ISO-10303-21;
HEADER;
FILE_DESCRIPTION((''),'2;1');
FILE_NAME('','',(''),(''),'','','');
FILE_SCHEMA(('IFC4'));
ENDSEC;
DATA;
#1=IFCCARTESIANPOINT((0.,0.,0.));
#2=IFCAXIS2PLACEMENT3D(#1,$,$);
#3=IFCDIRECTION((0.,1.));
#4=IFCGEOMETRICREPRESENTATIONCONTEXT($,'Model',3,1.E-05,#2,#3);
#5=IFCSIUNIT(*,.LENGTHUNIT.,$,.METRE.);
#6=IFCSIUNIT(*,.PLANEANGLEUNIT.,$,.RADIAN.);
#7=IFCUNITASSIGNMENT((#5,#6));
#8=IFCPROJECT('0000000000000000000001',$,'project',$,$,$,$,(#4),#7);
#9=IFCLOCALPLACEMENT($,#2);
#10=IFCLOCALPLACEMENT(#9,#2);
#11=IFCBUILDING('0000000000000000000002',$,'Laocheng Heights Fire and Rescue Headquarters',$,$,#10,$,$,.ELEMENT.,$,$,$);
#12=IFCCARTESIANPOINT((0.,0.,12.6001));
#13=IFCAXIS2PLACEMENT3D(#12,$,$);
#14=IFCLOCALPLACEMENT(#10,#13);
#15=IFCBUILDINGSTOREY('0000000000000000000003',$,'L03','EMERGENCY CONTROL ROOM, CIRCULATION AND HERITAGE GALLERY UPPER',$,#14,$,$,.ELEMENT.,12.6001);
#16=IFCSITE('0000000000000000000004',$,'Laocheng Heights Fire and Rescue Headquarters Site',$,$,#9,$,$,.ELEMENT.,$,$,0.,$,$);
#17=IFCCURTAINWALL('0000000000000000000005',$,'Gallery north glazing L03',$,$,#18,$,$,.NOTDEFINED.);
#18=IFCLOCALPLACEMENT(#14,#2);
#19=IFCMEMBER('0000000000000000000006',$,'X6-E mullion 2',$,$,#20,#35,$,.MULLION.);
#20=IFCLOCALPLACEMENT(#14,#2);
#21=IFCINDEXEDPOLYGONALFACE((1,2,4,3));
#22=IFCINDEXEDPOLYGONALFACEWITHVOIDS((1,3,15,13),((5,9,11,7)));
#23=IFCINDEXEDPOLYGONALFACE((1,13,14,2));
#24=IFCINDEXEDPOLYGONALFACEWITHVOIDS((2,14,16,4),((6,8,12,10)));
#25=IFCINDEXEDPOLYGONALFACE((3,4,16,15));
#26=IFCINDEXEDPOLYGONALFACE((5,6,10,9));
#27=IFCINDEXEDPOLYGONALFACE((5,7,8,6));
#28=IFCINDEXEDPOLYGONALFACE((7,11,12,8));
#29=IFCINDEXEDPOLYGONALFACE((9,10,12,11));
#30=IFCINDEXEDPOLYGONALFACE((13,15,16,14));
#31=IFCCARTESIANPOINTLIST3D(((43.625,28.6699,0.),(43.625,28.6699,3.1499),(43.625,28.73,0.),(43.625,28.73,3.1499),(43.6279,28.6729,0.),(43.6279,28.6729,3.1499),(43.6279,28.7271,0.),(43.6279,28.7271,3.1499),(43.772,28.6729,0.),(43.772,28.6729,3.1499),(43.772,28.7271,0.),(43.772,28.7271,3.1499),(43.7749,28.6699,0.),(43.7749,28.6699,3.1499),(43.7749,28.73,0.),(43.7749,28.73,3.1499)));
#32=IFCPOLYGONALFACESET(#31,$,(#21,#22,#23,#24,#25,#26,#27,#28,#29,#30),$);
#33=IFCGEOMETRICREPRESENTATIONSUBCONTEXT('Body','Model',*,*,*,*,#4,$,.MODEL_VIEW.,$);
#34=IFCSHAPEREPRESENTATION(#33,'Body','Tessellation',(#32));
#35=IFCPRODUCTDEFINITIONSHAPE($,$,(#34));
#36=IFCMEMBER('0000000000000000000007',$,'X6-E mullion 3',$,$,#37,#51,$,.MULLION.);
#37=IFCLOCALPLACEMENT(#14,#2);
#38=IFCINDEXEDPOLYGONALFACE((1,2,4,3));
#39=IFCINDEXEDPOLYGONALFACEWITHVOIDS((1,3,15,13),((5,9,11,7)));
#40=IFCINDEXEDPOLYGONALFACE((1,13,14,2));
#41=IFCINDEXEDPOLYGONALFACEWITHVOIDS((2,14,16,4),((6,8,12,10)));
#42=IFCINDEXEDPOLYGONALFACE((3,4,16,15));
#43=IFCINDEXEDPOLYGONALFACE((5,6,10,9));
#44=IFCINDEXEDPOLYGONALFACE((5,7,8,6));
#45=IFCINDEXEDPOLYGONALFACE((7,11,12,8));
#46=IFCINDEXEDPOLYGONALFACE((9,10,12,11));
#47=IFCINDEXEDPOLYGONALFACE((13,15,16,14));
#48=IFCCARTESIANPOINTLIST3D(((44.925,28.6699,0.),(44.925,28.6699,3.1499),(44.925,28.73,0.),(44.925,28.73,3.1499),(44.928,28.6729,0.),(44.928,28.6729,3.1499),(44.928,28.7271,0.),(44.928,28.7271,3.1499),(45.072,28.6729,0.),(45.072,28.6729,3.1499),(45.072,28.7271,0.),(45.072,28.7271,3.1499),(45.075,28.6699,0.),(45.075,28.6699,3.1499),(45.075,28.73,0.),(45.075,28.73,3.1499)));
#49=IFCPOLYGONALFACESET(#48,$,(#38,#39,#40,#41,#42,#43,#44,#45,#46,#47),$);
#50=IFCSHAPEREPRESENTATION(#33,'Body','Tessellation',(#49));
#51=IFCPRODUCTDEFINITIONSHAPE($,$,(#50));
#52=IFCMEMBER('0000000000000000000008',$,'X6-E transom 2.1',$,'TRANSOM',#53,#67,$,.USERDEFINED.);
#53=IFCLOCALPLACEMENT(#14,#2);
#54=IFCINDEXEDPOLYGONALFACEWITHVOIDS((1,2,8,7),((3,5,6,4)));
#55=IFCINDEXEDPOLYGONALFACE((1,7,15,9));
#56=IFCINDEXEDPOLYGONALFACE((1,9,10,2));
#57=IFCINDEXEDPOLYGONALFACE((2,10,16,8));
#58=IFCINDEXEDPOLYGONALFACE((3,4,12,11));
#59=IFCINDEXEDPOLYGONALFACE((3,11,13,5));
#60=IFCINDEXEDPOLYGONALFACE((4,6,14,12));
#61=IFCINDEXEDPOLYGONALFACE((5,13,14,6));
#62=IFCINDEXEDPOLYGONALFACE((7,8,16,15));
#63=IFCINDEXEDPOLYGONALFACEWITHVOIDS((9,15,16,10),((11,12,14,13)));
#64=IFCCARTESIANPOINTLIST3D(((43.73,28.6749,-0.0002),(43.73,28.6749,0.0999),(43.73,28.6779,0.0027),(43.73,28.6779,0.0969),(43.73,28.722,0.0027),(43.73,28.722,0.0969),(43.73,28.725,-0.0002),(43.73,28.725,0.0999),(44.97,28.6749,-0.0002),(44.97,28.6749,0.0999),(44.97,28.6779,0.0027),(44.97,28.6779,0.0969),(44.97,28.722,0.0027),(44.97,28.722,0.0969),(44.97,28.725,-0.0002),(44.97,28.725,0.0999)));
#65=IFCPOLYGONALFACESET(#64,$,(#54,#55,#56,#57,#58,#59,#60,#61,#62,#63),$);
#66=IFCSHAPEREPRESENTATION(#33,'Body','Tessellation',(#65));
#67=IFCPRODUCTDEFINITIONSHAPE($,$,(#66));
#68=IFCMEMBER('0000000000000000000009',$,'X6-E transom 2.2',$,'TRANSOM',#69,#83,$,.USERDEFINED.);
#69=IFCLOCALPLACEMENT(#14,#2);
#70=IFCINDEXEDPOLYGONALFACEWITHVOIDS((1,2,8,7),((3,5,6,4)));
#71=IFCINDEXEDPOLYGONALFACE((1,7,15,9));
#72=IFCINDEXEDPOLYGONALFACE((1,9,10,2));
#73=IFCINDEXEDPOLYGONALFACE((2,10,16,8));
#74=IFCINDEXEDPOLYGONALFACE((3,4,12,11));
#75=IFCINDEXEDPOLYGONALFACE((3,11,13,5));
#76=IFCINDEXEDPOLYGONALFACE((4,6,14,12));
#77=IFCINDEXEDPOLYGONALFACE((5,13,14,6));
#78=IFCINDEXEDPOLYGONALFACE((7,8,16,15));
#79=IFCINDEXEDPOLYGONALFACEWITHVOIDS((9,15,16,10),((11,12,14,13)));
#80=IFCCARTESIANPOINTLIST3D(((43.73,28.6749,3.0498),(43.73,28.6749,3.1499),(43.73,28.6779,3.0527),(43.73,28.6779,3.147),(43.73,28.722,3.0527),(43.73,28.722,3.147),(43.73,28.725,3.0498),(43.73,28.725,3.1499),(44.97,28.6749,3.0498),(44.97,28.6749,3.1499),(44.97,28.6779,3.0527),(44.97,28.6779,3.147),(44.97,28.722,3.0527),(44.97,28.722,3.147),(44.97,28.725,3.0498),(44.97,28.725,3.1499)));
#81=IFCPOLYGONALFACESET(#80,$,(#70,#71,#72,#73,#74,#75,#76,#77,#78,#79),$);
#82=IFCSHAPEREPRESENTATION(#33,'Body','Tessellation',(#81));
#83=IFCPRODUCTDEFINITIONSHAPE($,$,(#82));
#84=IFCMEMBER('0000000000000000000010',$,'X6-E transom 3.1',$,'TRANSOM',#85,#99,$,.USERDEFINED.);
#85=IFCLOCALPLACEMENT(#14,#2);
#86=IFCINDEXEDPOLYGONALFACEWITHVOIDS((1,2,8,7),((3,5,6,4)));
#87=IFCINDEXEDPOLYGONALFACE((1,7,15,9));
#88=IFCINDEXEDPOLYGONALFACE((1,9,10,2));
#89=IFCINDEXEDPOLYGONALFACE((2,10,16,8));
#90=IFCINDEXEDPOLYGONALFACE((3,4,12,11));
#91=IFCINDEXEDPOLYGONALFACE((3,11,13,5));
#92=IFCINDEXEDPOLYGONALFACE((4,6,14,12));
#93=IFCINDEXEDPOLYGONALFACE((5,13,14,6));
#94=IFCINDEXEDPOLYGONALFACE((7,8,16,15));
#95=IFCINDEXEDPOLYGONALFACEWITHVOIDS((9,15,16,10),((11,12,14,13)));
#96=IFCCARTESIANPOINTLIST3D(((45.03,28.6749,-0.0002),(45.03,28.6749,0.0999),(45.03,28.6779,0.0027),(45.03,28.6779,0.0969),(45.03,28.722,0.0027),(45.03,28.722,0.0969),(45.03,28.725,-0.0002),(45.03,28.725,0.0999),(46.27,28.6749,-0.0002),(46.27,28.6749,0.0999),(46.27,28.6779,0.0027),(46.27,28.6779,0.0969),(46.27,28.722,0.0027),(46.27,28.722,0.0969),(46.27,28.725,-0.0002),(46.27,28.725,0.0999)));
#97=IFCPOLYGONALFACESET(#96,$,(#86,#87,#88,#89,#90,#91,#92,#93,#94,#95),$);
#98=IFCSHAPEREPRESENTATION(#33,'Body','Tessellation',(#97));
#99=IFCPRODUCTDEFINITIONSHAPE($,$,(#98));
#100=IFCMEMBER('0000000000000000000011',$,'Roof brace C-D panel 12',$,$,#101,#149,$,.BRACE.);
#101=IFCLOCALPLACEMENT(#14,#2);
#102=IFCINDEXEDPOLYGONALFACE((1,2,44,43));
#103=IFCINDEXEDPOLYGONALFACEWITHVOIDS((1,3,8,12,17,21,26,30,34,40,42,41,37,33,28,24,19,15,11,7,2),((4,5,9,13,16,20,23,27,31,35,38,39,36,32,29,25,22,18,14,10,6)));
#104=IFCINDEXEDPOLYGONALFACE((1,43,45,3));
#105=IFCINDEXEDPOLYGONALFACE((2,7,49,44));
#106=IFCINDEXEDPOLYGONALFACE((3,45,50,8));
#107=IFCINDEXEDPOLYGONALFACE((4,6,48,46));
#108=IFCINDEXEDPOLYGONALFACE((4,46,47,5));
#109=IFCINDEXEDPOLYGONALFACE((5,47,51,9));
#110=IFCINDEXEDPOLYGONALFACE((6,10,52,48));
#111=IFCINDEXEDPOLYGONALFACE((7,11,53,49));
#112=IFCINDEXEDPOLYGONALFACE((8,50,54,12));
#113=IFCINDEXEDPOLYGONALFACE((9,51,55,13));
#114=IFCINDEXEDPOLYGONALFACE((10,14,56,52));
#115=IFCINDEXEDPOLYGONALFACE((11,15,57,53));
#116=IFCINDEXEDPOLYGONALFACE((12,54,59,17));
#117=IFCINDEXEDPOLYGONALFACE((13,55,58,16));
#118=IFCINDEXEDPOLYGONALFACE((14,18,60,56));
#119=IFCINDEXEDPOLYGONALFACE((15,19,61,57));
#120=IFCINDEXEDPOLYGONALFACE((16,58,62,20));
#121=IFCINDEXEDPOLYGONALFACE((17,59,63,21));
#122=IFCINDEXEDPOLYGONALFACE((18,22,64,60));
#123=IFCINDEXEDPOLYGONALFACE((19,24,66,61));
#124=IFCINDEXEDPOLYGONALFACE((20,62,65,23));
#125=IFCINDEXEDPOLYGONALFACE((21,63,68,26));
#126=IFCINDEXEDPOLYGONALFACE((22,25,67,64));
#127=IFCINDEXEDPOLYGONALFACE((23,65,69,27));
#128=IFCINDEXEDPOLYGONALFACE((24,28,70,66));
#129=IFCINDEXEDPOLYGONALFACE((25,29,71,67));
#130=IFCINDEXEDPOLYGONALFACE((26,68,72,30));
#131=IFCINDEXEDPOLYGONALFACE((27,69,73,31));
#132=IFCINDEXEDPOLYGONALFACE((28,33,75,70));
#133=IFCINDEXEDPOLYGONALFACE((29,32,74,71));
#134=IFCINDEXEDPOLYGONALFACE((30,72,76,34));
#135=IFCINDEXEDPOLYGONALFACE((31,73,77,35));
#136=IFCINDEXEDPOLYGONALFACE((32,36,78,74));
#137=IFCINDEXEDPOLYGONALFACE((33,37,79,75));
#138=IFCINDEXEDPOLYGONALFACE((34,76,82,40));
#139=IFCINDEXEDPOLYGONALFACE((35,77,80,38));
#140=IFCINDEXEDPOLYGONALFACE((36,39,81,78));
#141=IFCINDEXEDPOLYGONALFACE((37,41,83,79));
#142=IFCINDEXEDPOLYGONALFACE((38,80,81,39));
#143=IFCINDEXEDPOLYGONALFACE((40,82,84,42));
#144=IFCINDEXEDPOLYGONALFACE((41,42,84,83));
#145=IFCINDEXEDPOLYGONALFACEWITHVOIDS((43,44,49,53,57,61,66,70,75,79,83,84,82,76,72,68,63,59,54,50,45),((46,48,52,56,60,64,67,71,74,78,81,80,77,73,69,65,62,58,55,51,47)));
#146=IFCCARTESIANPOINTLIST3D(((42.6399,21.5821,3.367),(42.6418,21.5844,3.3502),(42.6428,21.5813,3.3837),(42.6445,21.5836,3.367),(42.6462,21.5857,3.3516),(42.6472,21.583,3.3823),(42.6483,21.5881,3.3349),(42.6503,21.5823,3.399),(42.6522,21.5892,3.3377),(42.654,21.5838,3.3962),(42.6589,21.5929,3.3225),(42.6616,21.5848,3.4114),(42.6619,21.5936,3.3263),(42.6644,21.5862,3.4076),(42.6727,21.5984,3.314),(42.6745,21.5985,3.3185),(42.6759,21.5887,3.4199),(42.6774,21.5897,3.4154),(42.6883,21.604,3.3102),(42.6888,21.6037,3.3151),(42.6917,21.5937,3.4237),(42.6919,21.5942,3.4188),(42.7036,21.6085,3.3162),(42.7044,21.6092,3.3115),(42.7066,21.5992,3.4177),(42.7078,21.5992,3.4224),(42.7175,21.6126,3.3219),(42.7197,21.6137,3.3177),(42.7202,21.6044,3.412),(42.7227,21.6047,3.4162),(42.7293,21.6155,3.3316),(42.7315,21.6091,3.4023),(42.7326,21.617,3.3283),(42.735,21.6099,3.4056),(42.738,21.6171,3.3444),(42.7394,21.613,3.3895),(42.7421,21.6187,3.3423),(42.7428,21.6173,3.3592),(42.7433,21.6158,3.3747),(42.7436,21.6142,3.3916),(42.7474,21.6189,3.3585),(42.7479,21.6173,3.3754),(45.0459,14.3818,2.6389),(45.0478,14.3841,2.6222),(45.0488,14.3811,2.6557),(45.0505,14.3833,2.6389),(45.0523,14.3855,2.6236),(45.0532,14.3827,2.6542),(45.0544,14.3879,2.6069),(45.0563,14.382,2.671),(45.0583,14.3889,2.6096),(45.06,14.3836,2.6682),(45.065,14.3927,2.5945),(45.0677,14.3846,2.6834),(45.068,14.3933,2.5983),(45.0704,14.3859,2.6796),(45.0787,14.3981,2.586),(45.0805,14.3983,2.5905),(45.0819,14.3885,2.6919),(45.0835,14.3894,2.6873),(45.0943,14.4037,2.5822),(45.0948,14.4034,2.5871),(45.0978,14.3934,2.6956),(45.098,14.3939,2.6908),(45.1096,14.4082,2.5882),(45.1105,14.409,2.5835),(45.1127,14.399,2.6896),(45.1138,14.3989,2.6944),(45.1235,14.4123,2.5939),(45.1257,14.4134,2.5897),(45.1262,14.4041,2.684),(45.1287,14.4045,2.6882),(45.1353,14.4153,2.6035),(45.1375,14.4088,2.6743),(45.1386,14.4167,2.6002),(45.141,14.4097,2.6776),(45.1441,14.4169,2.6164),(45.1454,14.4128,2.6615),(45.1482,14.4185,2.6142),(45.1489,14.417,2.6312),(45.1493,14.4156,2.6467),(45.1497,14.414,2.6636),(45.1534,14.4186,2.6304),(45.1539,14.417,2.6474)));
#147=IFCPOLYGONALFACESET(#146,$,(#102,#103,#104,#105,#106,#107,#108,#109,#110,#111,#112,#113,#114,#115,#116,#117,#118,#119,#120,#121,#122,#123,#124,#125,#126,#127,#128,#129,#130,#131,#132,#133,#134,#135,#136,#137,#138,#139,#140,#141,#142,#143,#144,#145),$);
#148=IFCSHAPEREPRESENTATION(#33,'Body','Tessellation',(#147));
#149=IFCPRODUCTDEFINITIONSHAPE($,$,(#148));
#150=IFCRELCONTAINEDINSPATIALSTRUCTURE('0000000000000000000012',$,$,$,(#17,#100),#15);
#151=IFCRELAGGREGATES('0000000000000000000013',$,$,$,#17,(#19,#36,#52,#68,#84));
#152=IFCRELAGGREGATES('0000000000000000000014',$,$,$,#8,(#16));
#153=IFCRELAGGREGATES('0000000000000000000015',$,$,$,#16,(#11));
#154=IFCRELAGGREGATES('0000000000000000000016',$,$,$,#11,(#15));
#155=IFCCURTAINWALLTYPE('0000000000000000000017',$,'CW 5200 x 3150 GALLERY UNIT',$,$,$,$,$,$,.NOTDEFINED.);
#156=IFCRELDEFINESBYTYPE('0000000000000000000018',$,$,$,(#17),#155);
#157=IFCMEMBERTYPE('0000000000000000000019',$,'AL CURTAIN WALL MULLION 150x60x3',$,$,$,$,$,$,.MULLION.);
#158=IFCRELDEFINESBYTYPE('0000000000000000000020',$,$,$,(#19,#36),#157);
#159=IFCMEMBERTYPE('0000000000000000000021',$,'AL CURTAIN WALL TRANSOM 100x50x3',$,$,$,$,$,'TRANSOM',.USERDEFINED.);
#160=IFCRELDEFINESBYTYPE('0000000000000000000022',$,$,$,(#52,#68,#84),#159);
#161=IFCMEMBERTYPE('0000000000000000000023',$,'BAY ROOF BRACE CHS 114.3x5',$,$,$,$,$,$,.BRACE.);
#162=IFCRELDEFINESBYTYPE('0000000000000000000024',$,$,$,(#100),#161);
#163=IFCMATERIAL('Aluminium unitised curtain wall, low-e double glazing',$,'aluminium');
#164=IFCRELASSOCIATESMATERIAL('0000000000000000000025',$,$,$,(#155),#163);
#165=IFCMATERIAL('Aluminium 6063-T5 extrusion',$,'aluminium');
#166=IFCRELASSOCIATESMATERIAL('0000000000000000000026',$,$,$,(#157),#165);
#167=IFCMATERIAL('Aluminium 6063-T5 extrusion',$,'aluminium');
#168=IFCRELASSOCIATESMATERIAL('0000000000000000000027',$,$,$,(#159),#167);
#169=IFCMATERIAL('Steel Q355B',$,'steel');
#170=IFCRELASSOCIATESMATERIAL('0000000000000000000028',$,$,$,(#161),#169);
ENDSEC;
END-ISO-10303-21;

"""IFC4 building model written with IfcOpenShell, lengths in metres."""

from ifc_helpers import new_model, si_unit, direction, frame, origin, origin_2d, place, context, subcontext, project, spatial, hollow_rectangle, hollow_circle, extrude, material, material_profile, profile_set, type_object, element, aggregate, save


model = new_model("IFC4")

# Units and contexts
model_context = context("Model", 3, precision=1e-05, world=origin(), true_north=direction((0.0, 1.0)))
body_context = subcontext(model_context, "Body", "Model", "MODEL_VIEW")
ifc_project = project(units=[si_unit("LENGTHUNIT", "METRE"), si_unit("PLANEANGLEUNIT", "RADIAN")], contexts=[model_context])

# Site, building, storey
site_placement = place(None, origin())
site = spatial("IfcSite", under=ifc_project, at=site_placement, Name="Laocheng Heights Fire and Rescue Headquarters Site", CompositionType="ELEMENT", RefElevation=0.0)
building_placement = place(site_placement, origin())
building = spatial("IfcBuilding", under=site, at=building_placement, Name="Laocheng Heights Fire and Rescue Headquarters", CompositionType="ELEMENT")
storey_placement = place(building_placement, frame((0.0, 0.0, 12.6001)))
storey = spatial("IfcBuildingStorey", under=building, at=storey_placement, Name="L03", Description="EMERGENCY CONTROL ROOM, CIRCULATION AND HERITAGE GALLERY UPPER", CompositionType="ELEMENT", Elevation=12.6001)

# Curtain wall, members
ifc_material_1 = material(Name="Aluminium unitised curtain wall, low-e double glazing", Category="aluminium")
curtain_wall_type = type_object("IfcCurtainWallType", Name="CW 5200 x 3150 GALLERY UNIT", PredefinedType="NOTDEFINED", material=ifc_material_1)
curtain_wall_placement = place(storey_placement, origin())
curtain_wall = element("IfcCurtainWall", 1, at=curtain_wall_placement, inside=storey, type_object=curtain_wall_type, Name="Gallery north glazing L03", PredefinedType="NOTDEFINED")
ifc_material_2 = material(Name="Aluminium 6063-T5 extrusion", Category="aluminium")
ifc_material_profile_1 = material_profile(ifc_material_2, hollow_rectangle(XDim=0.0601, YDim=0.1499, WallThickness=0.0029, at=origin_2d()), Name="AL MULLION 150x60x3")
ifc_profile_set_1 = profile_set([ifc_material_profile_1], Name="Aluminium 6063-T5 extrusion")
member_type_1 = type_object("IfcMemberType", Name="AL CURTAIN WALL MULLION 150x60x3", PredefinedType="MULLION", material=ifc_profile_set_1)
member_1_placement = place(storey_placement, frame((43.7, 28.7, 0.0), z_axis=(0.0, 0.0, 1.0), x_axis=(0.0, 1.0, 0.0)))
member_1 = element("IfcMember", 2, at=member_1_placement, type_object=member_type_1, Name="X6-E mullion 2", PredefinedType="MULLION", context=body_context, shape_type="SweptSolid", body=[
    extrude(hollow_rectangle(XDim=0.0601, YDim=0.1499, WallThickness=0.0029, at=origin_2d()), origin(), (0.0, 0.0, 1.0), 3.1499),
])
member_2_placement = place(storey_placement, frame((45.0, 28.7, 0.0), z_axis=(0.0, 0.0, 1.0), x_axis=(0.0, 1.0, 0.0)))
member_2 = element("IfcMember", 3, at=member_2_placement, type_object=member_type_1, Name="X6-E mullion 3", PredefinedType="MULLION", context=body_context, shape_type="SweptSolid", body=[
    extrude(hollow_rectangle(XDim=0.0601, YDim=0.1499, WallThickness=0.0029, at=origin_2d()), origin(), (0.0, 0.0, 1.0), 3.1499),
])
ifc_material_3 = material(Name="Aluminium 6063-T5 extrusion", Category="aluminium")
ifc_material_profile_2 = material_profile(ifc_material_3, hollow_rectangle(XDim=0.05, YDim=0.1001, WallThickness=0.0029, at=origin_2d()), Name="AL TRANSOM 100x50x3")
ifc_profile_set_2 = profile_set([ifc_material_profile_2], Name="Aluminium 6063-T5 extrusion")
member_type_2 = type_object("IfcMemberType", Name="AL CURTAIN WALL TRANSOM 100x50x3", ElementType="TRANSOM", PredefinedType="USERDEFINED", material=ifc_profile_set_2)
member_3_placement = place(storey_placement, frame((43.73, 28.7, 0.0498), z_axis=(1.0, 0.0, 0.0), x_axis=(0.0, 1.0, 0.0)))
member_3 = element("IfcMember", 4, at=member_3_placement, type_object=member_type_2, Name="X6-E transom 2.1", ObjectType="TRANSOM", PredefinedType="USERDEFINED", context=body_context, shape_type="SweptSolid", body=[
    extrude(hollow_rectangle(XDim=0.05, YDim=0.1001, WallThickness=0.0029, at=origin_2d()), origin(), (0.0, 0.0, 1.0), 1.24),
])
member_4_placement = place(storey_placement, frame((43.73, 28.7, 3.0999), z_axis=(1.0, 0.0, 0.0), x_axis=(0.0, 1.0, 0.0)))
member_4 = element("IfcMember", 5, at=member_4_placement, type_object=member_type_2, Name="X6-E transom 2.2", ObjectType="TRANSOM", PredefinedType="USERDEFINED", context=body_context, shape_type="SweptSolid", body=[
    extrude(hollow_rectangle(XDim=0.05, YDim=0.1001, WallThickness=0.0029, at=origin_2d()), origin(), (0.0, 0.0, 1.0), 1.24),
])
member_5_placement = place(storey_placement, frame((45.03, 28.7, 0.0498), z_axis=(1.0, 0.0, 0.0), x_axis=(0.0, 1.0, 0.0)))
member_5 = element("IfcMember", 6, at=member_5_placement, type_object=member_type_2, Name="X6-E transom 3.1", ObjectType="TRANSOM", PredefinedType="USERDEFINED", context=body_context, shape_type="SweptSolid", body=[
    extrude(hollow_rectangle(XDim=0.05, YDim=0.1001, WallThickness=0.0029, at=origin_2d()), origin(), (0.0, 0.0, 1.0), 1.24),
])

# Member
ifc_material_4 = material(Name="Steel Q355B", Category="steel")
ifc_material_profile_3 = material_profile(ifc_material_4, hollow_circle(Radius=0.0571, WallThickness=0.0049, at=origin_2d()), Name="CHS 114.3x5")
ifc_profile_set_3 = profile_set([ifc_material_profile_3], Name="Steel Q355B")
member_type_3 = type_object("IfcMemberType", Name="BAY ROOF BRACE CHS 114.3x5", PredefinedType="BRACE", material=ifc_profile_set_3)
member_6_placement = place(storey_placement, frame((45.1001, 14.3999, 2.6389), z_axis=(-0.315485, 0.944117, 0.095462), x_axis=(-0.948448, -0.316932, 0.0)))
element("IfcMember", 7, at=member_6_placement, inside=storey, type_object=member_type_3, Name="Roof brace C-D panel 12", PredefinedType="BRACE", context=body_context, shape_type="SweptSolid", body=[
    extrude(hollow_circle(Radius=0.0571, WallThickness=0.0049, at=origin_2d()), origin(), (0.0, 0.0, 1.0), 7.6265),
])

aggregate(curtain_wall, [member_1, member_2, member_3, member_4, member_5])

save(model, "model.ifc")
